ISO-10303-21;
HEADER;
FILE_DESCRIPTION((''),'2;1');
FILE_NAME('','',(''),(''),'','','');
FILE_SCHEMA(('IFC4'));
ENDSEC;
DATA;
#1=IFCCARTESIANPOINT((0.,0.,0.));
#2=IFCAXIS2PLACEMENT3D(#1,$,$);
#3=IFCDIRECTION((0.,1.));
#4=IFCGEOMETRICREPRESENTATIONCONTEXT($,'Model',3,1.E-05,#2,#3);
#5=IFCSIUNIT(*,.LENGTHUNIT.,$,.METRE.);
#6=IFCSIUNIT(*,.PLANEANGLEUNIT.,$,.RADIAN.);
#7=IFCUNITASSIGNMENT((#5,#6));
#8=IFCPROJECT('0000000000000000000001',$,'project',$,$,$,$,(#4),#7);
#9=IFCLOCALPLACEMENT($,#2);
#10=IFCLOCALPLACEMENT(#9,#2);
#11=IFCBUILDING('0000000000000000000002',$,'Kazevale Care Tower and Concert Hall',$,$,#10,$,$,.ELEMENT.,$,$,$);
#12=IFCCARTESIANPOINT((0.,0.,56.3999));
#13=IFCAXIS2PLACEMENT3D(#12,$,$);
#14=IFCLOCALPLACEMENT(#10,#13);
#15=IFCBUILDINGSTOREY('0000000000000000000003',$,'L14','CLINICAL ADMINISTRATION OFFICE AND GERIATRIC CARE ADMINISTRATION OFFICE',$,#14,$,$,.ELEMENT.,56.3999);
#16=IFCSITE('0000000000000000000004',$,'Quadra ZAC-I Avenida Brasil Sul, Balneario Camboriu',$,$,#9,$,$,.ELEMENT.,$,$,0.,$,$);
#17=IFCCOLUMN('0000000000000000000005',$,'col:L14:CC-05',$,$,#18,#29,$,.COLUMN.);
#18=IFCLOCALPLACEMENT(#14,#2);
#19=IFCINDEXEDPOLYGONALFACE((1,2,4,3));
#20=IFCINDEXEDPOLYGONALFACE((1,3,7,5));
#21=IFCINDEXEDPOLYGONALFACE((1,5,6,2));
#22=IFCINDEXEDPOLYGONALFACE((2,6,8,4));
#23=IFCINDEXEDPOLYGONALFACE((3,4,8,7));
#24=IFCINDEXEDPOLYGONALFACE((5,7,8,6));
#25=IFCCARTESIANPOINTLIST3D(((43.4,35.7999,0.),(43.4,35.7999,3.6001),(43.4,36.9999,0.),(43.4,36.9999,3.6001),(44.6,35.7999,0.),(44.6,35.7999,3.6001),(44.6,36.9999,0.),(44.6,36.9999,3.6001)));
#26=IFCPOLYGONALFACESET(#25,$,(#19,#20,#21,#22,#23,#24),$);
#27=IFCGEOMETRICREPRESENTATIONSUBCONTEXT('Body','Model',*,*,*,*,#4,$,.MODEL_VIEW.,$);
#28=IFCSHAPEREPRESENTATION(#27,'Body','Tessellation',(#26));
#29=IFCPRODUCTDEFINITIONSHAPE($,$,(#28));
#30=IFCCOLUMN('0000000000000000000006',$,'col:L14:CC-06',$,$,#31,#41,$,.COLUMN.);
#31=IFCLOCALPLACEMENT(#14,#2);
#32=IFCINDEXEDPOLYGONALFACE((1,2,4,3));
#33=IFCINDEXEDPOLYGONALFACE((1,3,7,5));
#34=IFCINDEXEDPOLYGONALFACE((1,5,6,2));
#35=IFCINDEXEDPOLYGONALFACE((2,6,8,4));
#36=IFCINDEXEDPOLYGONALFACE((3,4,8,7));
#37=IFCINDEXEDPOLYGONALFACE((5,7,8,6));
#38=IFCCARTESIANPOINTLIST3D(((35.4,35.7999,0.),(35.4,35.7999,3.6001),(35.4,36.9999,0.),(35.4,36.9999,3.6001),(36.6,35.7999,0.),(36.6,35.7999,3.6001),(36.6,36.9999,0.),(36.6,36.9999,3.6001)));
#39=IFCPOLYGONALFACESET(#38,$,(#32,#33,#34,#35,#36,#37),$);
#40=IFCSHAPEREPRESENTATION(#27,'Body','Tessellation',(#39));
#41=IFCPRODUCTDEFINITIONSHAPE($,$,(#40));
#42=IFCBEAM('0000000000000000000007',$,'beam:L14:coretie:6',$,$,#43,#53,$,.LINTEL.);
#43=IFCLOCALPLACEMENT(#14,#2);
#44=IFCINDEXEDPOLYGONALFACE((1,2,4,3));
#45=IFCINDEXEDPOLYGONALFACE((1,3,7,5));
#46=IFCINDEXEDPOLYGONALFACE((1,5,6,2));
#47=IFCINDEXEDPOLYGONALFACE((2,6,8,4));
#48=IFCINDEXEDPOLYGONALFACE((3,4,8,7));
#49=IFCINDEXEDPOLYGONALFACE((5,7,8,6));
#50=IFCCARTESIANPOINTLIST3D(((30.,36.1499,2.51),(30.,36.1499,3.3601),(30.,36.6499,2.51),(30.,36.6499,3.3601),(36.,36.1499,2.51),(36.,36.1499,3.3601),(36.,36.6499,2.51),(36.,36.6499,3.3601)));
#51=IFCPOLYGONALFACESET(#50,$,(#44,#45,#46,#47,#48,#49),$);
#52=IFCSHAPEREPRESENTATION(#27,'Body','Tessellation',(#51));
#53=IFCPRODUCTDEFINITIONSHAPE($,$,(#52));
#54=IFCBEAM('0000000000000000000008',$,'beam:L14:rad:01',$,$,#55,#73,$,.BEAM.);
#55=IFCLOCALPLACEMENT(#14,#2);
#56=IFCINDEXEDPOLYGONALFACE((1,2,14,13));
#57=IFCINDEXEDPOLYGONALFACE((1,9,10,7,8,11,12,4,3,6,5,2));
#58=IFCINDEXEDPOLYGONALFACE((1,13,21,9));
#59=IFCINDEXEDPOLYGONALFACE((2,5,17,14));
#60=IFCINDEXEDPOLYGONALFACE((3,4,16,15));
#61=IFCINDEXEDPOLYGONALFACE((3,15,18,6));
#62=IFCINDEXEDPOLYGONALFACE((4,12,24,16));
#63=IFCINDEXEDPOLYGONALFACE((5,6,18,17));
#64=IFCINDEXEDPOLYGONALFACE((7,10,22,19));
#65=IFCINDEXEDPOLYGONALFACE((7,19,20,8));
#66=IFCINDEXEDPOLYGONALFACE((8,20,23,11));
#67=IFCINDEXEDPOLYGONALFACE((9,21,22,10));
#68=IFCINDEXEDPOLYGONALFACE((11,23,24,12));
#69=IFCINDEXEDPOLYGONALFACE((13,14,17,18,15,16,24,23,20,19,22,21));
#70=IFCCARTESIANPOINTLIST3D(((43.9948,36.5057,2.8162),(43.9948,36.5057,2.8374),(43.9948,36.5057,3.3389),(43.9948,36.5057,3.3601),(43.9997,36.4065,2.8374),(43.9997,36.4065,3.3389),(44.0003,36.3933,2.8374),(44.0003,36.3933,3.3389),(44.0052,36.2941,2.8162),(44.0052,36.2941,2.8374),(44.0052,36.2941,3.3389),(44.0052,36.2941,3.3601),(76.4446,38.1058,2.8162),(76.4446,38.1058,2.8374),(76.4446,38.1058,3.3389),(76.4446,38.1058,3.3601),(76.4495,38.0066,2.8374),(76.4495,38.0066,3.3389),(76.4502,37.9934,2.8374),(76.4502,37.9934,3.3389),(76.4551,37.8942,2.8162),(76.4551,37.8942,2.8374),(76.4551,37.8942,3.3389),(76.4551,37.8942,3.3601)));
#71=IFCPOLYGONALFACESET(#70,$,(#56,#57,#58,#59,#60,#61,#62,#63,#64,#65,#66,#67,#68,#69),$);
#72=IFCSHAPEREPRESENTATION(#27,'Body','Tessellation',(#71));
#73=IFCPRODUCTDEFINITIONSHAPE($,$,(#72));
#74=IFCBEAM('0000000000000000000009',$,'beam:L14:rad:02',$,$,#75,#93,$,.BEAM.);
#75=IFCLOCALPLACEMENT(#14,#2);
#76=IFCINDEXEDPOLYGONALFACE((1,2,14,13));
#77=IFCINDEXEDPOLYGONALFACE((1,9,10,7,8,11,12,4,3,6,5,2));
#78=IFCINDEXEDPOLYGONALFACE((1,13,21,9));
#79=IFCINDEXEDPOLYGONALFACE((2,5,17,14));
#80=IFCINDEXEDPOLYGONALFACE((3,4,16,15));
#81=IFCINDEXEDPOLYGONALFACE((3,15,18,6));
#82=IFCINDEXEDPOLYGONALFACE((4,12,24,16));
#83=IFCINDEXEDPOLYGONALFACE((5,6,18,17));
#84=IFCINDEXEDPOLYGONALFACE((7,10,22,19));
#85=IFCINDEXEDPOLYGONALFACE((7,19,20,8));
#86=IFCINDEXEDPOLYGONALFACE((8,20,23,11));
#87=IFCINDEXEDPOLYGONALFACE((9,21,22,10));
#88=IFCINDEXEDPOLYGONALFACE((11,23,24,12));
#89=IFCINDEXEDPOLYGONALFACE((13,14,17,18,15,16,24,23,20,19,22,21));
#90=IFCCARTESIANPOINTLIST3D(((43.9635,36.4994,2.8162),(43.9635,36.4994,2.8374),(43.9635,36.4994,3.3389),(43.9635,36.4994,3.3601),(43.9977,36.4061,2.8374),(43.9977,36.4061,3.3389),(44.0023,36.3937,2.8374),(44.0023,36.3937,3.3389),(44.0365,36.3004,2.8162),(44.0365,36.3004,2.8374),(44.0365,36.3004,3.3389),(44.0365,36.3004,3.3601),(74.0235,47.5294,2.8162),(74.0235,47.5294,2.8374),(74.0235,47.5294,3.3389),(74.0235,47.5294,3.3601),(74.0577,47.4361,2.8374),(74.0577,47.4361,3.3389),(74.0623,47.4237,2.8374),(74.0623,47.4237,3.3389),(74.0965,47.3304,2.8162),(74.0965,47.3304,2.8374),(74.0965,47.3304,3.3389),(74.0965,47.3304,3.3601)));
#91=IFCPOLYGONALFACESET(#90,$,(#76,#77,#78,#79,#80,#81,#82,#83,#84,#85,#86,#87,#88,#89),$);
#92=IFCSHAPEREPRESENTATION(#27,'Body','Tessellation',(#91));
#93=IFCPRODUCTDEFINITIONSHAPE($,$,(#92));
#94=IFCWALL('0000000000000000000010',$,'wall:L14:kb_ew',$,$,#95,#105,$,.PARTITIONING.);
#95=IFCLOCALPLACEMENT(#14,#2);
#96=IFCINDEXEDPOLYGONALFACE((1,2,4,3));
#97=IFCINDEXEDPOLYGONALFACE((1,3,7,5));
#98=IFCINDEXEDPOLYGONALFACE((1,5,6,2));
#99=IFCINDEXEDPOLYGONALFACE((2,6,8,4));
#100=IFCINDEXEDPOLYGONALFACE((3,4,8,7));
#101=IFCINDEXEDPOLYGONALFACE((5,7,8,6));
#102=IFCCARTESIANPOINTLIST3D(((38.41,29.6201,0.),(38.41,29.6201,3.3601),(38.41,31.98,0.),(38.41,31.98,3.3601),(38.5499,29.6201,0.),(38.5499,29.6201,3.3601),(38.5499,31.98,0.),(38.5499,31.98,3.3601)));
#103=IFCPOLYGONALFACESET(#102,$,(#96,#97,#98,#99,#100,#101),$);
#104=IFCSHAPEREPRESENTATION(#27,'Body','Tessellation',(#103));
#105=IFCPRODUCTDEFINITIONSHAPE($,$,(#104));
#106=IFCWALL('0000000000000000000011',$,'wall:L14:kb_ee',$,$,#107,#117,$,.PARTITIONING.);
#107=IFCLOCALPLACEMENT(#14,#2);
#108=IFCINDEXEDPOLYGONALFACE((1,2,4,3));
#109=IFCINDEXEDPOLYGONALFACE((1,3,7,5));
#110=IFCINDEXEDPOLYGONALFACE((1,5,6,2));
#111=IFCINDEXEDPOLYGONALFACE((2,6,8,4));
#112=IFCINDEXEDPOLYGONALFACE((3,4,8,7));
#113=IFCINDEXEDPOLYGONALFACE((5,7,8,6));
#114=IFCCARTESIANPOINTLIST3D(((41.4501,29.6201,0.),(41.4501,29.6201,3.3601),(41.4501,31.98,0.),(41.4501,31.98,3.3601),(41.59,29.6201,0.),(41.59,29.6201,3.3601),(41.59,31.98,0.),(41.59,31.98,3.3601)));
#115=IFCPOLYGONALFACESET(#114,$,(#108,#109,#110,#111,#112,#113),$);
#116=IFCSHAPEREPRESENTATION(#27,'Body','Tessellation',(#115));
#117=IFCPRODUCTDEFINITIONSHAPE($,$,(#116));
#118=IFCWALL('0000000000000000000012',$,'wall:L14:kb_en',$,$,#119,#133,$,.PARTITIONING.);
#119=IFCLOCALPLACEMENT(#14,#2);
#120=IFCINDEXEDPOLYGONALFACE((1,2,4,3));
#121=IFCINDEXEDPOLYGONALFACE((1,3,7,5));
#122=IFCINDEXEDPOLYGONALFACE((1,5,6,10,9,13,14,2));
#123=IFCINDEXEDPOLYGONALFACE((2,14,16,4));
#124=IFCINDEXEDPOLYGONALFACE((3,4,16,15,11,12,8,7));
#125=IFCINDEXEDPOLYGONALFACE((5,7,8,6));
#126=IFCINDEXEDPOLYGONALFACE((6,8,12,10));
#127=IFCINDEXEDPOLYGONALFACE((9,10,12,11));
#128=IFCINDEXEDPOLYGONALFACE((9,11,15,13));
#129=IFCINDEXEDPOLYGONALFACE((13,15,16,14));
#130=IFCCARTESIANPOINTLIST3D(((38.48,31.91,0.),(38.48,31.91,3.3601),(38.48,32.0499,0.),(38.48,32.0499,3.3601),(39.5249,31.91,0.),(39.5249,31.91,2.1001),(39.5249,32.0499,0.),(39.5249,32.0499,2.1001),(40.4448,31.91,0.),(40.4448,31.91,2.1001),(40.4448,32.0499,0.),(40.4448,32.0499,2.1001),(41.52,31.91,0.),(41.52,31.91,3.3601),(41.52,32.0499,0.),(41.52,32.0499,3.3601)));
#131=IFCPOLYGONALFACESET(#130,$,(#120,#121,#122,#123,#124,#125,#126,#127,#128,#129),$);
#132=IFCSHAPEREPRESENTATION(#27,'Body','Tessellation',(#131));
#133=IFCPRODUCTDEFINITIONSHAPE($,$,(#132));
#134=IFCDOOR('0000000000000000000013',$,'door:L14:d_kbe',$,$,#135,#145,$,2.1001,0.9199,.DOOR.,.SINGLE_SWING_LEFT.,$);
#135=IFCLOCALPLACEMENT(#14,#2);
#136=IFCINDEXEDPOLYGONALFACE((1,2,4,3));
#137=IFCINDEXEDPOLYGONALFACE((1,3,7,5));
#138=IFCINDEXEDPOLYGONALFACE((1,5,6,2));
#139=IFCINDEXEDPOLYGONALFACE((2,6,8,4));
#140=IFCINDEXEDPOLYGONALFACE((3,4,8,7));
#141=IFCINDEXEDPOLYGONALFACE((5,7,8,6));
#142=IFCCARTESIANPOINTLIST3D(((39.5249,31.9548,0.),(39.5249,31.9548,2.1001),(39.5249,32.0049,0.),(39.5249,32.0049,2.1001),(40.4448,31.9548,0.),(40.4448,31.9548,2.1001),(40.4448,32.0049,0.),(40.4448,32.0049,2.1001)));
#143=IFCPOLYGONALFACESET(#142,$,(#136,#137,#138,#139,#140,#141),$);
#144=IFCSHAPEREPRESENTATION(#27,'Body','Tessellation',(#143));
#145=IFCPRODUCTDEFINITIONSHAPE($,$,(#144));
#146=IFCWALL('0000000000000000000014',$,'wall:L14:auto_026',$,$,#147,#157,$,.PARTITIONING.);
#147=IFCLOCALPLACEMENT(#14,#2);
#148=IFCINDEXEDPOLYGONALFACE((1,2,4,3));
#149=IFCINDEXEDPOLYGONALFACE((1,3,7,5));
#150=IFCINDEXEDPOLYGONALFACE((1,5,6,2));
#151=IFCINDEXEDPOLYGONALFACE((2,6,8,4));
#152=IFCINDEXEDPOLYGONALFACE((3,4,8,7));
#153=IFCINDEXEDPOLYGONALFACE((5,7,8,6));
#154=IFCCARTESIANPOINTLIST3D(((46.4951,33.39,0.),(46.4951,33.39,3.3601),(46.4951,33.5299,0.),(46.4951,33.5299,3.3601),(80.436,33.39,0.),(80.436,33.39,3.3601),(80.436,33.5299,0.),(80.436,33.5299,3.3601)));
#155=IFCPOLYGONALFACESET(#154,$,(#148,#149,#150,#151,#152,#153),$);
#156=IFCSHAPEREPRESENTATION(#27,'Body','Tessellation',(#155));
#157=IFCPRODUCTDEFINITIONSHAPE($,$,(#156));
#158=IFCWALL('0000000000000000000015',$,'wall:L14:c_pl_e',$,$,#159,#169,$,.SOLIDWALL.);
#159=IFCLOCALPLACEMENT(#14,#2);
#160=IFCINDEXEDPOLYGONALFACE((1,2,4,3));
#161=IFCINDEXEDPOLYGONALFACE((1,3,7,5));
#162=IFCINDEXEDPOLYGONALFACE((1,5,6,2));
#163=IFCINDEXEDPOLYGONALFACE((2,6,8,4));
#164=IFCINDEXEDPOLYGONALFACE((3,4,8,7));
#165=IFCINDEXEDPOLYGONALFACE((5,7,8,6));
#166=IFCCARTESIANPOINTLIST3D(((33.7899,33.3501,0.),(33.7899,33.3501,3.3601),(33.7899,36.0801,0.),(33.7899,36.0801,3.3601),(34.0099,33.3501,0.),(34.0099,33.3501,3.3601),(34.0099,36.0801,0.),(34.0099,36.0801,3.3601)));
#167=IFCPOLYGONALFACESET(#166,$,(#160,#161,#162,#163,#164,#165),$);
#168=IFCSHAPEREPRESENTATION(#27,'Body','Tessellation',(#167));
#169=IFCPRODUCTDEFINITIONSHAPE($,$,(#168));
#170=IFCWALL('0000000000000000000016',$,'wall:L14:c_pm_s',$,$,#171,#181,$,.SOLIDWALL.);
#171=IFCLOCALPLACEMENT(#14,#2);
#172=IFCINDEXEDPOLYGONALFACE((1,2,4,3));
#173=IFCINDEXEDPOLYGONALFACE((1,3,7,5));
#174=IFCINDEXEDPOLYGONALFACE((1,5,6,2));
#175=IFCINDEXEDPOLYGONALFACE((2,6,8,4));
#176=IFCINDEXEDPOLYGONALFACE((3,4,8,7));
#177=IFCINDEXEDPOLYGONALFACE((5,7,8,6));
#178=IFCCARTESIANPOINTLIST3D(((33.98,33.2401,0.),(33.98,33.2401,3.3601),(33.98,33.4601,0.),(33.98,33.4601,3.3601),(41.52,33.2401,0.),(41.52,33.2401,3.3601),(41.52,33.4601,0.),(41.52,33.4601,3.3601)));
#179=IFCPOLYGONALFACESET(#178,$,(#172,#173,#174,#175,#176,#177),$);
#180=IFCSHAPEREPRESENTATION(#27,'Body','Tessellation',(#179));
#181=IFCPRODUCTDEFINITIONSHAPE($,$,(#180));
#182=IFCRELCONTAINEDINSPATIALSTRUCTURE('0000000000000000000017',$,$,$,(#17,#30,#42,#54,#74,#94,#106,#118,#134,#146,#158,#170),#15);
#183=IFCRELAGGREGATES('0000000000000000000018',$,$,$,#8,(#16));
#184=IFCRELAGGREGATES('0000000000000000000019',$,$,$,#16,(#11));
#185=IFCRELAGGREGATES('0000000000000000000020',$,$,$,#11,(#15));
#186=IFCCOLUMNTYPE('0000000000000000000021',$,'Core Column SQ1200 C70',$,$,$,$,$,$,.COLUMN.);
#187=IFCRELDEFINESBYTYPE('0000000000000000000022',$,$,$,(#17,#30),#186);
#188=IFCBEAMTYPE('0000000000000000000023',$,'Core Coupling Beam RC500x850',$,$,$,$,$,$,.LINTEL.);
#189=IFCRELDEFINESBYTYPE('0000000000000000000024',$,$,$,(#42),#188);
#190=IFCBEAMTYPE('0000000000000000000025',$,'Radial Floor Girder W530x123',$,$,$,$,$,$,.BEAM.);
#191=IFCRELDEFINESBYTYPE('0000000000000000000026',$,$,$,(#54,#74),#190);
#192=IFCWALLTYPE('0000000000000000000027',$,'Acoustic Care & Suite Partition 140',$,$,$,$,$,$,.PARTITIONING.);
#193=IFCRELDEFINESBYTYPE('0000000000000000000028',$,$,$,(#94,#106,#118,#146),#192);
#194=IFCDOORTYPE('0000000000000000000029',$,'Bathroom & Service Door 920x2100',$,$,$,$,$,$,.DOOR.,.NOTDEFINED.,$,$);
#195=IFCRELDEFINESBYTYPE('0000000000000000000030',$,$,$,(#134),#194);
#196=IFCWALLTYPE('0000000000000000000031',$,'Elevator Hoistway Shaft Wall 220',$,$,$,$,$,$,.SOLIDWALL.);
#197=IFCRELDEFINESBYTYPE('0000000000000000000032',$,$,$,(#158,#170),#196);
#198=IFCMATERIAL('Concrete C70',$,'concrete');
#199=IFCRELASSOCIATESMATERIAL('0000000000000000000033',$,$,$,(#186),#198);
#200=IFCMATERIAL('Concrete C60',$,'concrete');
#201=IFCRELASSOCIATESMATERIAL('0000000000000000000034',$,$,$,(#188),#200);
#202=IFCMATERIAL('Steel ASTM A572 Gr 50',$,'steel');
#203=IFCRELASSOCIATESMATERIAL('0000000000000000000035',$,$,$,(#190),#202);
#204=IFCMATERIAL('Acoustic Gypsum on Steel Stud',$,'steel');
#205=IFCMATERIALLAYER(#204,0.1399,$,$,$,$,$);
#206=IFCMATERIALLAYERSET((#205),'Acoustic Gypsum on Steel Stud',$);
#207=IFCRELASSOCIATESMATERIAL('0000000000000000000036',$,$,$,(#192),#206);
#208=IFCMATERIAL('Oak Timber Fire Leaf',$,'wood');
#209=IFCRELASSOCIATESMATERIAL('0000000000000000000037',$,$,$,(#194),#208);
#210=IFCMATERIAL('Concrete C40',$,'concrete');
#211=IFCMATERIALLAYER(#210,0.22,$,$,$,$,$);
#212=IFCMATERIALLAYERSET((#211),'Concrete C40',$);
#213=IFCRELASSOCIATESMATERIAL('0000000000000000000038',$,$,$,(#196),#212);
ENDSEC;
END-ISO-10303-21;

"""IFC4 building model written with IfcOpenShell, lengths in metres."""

from ifc_helpers import new_model, si_unit, direction, frame, frame_2d, origin, origin_2d, place, context, subcontext, project, spatial, rectangle, i_section, extrude, material, layer, layer_set, material_profile, profile_set, type_object, element, fill, save


model = new_model("IFC4")

# Units and contexts
model_context = context("Model", 3, precision=1e-05, world=origin(), true_north=direction((0.0, 1.0)))
body_context = subcontext(model_context, "Body", "Model", "MODEL_VIEW")
ifc_project = project(units=[si_unit("LENGTHUNIT", "METRE"), si_unit("PLANEANGLEUNIT", "RADIAN")], contexts=[model_context])

# Site, building, storey
site_placement = place(None, origin())
site = spatial("IfcSite", under=ifc_project, at=site_placement, Name="Quadra ZAC-I Avenida Brasil Sul, Balneario Camboriu", CompositionType="ELEMENT", RefElevation=0.0)
building_placement = place(site_placement, origin())
building = spatial("IfcBuilding", under=site, at=building_placement, Name="Kazevale Care Tower and Concert Hall", CompositionType="ELEMENT")
storey_placement = place(building_placement, frame((0.0, 0.0, 56.3999)))
storey = spatial("IfcBuildingStorey", under=building, at=storey_placement, Name="L14", Description="CLINICAL ADMINISTRATION OFFICE AND GERIATRIC CARE ADMINISTRATION OFFICE", CompositionType="ELEMENT", Elevation=56.3999)

# Columns
ifc_material_1 = material(Name="Concrete C70", Category="concrete")
ifc_material_profile_1 = material_profile(ifc_material_1, rectangle(XDim=1.2, YDim=1.2, at=origin_2d()), Name="RC-SQ1200")
ifc_profile_set_1 = profile_set([ifc_material_profile_1], Name="Concrete C70")
column_type = type_object("IfcColumnType", Name="Core Column SQ1200 C70", PredefinedType="COLUMN", material=ifc_profile_set_1)
for number, where, z_axis, x_axis, name in (
    (1, (44.0, 36.3999, 0.0), (0.0, 0.0, 1.0), (1.0, 0.0, 0.0), "col:L14:CC-05"),
    (2, (36.0, 36.3999, 0.0), (0.0, 0.0, 1.0), (1.0, 0.0, 0.0), "col:L14:CC-06"),
):
    element("IfcColumn", number, at=place(storey_placement, frame(where, z_axis=z_axis, x_axis=x_axis)), inside=storey, type_object=column_type, Name=name, PredefinedType="COLUMN", context=body_context, shape_type="SweptSolid", body=[
        extrude(rectangle(XDim=1.2, YDim=1.2, at=origin_2d()), origin(), (0.0, 0.0, 1.0), 3.6001),
    ])

# Beams
ifc_material_2 = material(Name="Concrete C60", Category="concrete")
ifc_material_profile_2 = material_profile(ifc_material_2, rectangle(XDim=0.5, YDim=0.8501, at=origin_2d()), Name="RC-B500x850")
ifc_profile_set_2 = profile_set([ifc_material_profile_2], Name="Concrete C60")
beam_type_1 = type_object("IfcBeamType", Name="Core Coupling Beam RC500x850", PredefinedType="LINTEL", material=ifc_profile_set_2)
beam_1_placement = place(storey_placement, frame((36.0, 36.3999, 2.9351), z_axis=(-1.0, 0.0, 0.0), x_axis=(0.0, -1.0, 0.0)))
element("IfcBeam", 3, at=beam_1_placement, inside=storey, type_object=beam_type_1, Name="beam:L14:coretie:6", PredefinedType="LINTEL", context=body_context, shape_type="SweptSolid", body=[
    extrude(rectangle(XDim=0.5, YDim=0.8501, at=origin_2d()), origin(), (0.0, 0.0, 1.0), 6.0),
])
ifc_material_3 = material(Name="Steel ASTM A572 Gr 50", Category="steel")
ifc_material_profile_3 = material_profile(ifc_material_3, i_section(OverallWidth=0.2119, OverallDepth=0.5439, WebThickness=0.0132, FlangeThickness=0.0212, at=origin_2d()), Name="W530x123")
ifc_profile_set_3 = profile_set([ifc_material_profile_3], Name="Steel ASTM A572 Gr 50")
beam_type_2 = type_object("IfcBeamType", Name="Radial Floor Girder W530x123", PredefinedType="BEAM", material=ifc_profile_set_3)
beam_2_placement = place(storey_placement, frame((44.0, 36.3999, 3.0881), z_axis=(0.998786, 0.04925, 0.0), x_axis=(-0.04925, 0.998786, 0.0)))
element("IfcBeam", 4, at=beam_2_placement, inside=storey, type_object=beam_type_2, Name="beam:L14:rad:01", PredefinedType="BEAM", context=body_context, shape_type="SweptSolid", body=[
    extrude(i_section(OverallWidth=0.2119, OverallDepth=0.5439, WebThickness=0.0132, FlangeThickness=0.0212, at=origin_2d()), origin(), (0.0, 0.0, 1.0), 32.4893),
])
beam_3_placement = place(storey_placement, frame((44.0, 36.3999, 3.0881), z_axis=(0.938795, 0.344475, 0.0), x_axis=(-0.344475, 0.938795, 0.0)))
element("IfcBeam", 5, at=beam_3_placement, inside=storey, type_object=beam_type_2, Name="beam:L14:rad:02", PredefinedType="BEAM", context=body_context, shape_type="SweptSolid", body=[
    extrude(i_section(OverallWidth=0.2119, OverallDepth=0.5439, WebThickness=0.0132, FlangeThickness=0.0212, at=origin_2d()), origin(), (0.0, 0.0, 1.0), 32.0198),
])

# Walls
ifc_material_4 = material(Name="Acoustic Gypsum on Steel Stud", Category="steel")
ifc_layer_1 = layer(ifc_material_4, 0.1399)
ifc_layer_set_1 = layer_set([ifc_layer_1], Name="Acoustic Gypsum on Steel Stud")
wall_type_1 = type_object("IfcWallType", Name="Acoustic Care & Suite Partition 140", PredefinedType="PARTITIONING", material=ifc_layer_set_1)
for number, where, z_axis, x_axis, name in (
    (6, (38.48, 29.6201, 0.0), (0.0, 0.0, 1.0), (0.0, 1.0, 0.0), "wall:L14:kb_ew"),
    (7, (41.52, 29.6201, 0.0), (0.0, 0.0, 1.0), (0.0, 1.0, 0.0), "wall:L14:kb_ee"),
):
    element("IfcWall", number, at=place(storey_placement, frame(where, z_axis=z_axis, x_axis=x_axis)), inside=storey, type_object=wall_type_1, Name=name, PredefinedType="PARTITIONING", context=body_context, shape_type="SweptSolid", body=[
        extrude(rectangle(XDim=2.3599, YDim=0.1399, at=frame_2d((1.1799, 0.0))), origin(), (0.0, 0.0, 1.0), 3.3601),
    ])

# Wall, opening, door
wall_1_placement = place(storey_placement, frame((38.48, 31.98, 0.0), z_axis=(0.0, 0.0, 1.0), x_axis=(1.0, 0.0, 0.0)))
wall_1 = element("IfcWall", 8, at=wall_1_placement, inside=storey, type_object=wall_type_1, Name="wall:L14:kb_en", PredefinedType="PARTITIONING", context=body_context, shape_type="SweptSolid", body=[
    extrude(rectangle(XDim=3.04, YDim=0.1399, at=frame_2d((1.52, 0.0))), origin(), (0.0, 0.0, 1.0), 3.3601),
])
opening_1_placement = place(wall_1_placement, frame((1.0449, 0.0, 0.0)))
opening_1 = element("IfcOpeningElement", 9, at=opening_1_placement, cuts=wall_1, PredefinedType="OPENING", context=body_context, shape_type="SweptSolid", body=[
    extrude(rectangle(XDim=0.9199, YDim=2.1001, at=frame_2d((0.46, 1.05))), frame((0.0, 0.0798, 0.0), z_axis=(0.0, -1.0, 0.0), x_axis=(1.0, 0.0, 0.0)), (0.0, 0.0, 1.0), 0.1599),
])
ifc_material_5 = material(Name="Oak Timber Fire Leaf", Category="wood")
door_type_1 = type_object("IfcDoorType", Name="Bathroom & Service Door 920x2100", OperationType="NOTDEFINED", PredefinedType="DOOR", material=ifc_material_5)
door_1_placement = place(opening_1_placement, origin())
door_1 = element("IfcDoor", 10, at=door_1_placement, inside=storey, type_object=door_type_1, Name="door:L14:d_kbe", OperationType="SINGLE_SWING_LEFT", OverallHeight=2.1001, OverallWidth=0.9199, PredefinedType="DOOR", context=body_context, shape_type="SweptSolid", body=[
    extrude(rectangle(XDim=0.9199, YDim=2.1001, at=frame_2d((0.46, 1.05))), frame((0.0, 0.0249, 0.0), z_axis=(0.0, -1.0, 0.0), x_axis=(1.0, 0.0, 0.0)), (0.0, 0.0, 1.0), 0.05),
])
fill(opening_1, door_1)

# Walls
wall_2_placement = place(storey_placement, frame((46.4951, 33.46, 0.0), z_axis=(0.0, 0.0, 1.0), x_axis=(1.0, 0.0, 0.0)))
element("IfcWall", 11, at=wall_2_placement, inside=storey, type_object=wall_type_1, Name="wall:L14:auto_026", PredefinedType="PARTITIONING", context=body_context, shape_type="SweptSolid", body=[
    extrude(rectangle(XDim=33.9409, YDim=0.1399, at=frame_2d((16.9705, 0.0))), origin(), (0.0, 0.0, 1.0), 3.3601),
])
ifc_material_6 = material(Name="Concrete C40", Category="concrete")
ifc_layer_2 = layer(ifc_material_6, 0.22)
ifc_layer_set_2 = layer_set([ifc_layer_2], Name="Concrete C40")
wall_type_2 = type_object("IfcWallType", Name="Elevator Hoistway Shaft Wall 220", PredefinedType="SOLIDWALL", material=ifc_layer_set_2)
wall_3_placement = place(storey_placement, frame((33.8999, 33.3501, 0.0), z_axis=(0.0, 0.0, 1.0), x_axis=(0.0, 1.0, 0.0)))
element("IfcWall", 12, at=wall_3_placement, inside=storey, type_object=wall_type_2, Name="wall:L14:c_pl_e", PredefinedType="SOLIDWALL", context=body_context, shape_type="SweptSolid", body=[
    extrude(rectangle(XDim=2.73, YDim=0.22, at=frame_2d((1.365, 0.0))), origin(), (0.0, 0.0, 1.0), 3.3601),
])
wall_4_placement = place(storey_placement, frame((33.98, 33.3501, 0.0), z_axis=(0.0, 0.0, 1.0), x_axis=(1.0, 0.0, 0.0)))
element("IfcWall", 13, at=wall_4_placement, inside=storey, type_object=wall_type_2, Name="wall:L14:c_pm_s", PredefinedType="SOLIDWALL", context=body_context, shape_type="SweptSolid", body=[
    extrude(rectangle(XDim=7.54, YDim=0.22, at=frame_2d((3.77, 0.0))), origin(), (0.0, 0.0, 1.0), 3.3601),
])

save(model, "model.ifc")
